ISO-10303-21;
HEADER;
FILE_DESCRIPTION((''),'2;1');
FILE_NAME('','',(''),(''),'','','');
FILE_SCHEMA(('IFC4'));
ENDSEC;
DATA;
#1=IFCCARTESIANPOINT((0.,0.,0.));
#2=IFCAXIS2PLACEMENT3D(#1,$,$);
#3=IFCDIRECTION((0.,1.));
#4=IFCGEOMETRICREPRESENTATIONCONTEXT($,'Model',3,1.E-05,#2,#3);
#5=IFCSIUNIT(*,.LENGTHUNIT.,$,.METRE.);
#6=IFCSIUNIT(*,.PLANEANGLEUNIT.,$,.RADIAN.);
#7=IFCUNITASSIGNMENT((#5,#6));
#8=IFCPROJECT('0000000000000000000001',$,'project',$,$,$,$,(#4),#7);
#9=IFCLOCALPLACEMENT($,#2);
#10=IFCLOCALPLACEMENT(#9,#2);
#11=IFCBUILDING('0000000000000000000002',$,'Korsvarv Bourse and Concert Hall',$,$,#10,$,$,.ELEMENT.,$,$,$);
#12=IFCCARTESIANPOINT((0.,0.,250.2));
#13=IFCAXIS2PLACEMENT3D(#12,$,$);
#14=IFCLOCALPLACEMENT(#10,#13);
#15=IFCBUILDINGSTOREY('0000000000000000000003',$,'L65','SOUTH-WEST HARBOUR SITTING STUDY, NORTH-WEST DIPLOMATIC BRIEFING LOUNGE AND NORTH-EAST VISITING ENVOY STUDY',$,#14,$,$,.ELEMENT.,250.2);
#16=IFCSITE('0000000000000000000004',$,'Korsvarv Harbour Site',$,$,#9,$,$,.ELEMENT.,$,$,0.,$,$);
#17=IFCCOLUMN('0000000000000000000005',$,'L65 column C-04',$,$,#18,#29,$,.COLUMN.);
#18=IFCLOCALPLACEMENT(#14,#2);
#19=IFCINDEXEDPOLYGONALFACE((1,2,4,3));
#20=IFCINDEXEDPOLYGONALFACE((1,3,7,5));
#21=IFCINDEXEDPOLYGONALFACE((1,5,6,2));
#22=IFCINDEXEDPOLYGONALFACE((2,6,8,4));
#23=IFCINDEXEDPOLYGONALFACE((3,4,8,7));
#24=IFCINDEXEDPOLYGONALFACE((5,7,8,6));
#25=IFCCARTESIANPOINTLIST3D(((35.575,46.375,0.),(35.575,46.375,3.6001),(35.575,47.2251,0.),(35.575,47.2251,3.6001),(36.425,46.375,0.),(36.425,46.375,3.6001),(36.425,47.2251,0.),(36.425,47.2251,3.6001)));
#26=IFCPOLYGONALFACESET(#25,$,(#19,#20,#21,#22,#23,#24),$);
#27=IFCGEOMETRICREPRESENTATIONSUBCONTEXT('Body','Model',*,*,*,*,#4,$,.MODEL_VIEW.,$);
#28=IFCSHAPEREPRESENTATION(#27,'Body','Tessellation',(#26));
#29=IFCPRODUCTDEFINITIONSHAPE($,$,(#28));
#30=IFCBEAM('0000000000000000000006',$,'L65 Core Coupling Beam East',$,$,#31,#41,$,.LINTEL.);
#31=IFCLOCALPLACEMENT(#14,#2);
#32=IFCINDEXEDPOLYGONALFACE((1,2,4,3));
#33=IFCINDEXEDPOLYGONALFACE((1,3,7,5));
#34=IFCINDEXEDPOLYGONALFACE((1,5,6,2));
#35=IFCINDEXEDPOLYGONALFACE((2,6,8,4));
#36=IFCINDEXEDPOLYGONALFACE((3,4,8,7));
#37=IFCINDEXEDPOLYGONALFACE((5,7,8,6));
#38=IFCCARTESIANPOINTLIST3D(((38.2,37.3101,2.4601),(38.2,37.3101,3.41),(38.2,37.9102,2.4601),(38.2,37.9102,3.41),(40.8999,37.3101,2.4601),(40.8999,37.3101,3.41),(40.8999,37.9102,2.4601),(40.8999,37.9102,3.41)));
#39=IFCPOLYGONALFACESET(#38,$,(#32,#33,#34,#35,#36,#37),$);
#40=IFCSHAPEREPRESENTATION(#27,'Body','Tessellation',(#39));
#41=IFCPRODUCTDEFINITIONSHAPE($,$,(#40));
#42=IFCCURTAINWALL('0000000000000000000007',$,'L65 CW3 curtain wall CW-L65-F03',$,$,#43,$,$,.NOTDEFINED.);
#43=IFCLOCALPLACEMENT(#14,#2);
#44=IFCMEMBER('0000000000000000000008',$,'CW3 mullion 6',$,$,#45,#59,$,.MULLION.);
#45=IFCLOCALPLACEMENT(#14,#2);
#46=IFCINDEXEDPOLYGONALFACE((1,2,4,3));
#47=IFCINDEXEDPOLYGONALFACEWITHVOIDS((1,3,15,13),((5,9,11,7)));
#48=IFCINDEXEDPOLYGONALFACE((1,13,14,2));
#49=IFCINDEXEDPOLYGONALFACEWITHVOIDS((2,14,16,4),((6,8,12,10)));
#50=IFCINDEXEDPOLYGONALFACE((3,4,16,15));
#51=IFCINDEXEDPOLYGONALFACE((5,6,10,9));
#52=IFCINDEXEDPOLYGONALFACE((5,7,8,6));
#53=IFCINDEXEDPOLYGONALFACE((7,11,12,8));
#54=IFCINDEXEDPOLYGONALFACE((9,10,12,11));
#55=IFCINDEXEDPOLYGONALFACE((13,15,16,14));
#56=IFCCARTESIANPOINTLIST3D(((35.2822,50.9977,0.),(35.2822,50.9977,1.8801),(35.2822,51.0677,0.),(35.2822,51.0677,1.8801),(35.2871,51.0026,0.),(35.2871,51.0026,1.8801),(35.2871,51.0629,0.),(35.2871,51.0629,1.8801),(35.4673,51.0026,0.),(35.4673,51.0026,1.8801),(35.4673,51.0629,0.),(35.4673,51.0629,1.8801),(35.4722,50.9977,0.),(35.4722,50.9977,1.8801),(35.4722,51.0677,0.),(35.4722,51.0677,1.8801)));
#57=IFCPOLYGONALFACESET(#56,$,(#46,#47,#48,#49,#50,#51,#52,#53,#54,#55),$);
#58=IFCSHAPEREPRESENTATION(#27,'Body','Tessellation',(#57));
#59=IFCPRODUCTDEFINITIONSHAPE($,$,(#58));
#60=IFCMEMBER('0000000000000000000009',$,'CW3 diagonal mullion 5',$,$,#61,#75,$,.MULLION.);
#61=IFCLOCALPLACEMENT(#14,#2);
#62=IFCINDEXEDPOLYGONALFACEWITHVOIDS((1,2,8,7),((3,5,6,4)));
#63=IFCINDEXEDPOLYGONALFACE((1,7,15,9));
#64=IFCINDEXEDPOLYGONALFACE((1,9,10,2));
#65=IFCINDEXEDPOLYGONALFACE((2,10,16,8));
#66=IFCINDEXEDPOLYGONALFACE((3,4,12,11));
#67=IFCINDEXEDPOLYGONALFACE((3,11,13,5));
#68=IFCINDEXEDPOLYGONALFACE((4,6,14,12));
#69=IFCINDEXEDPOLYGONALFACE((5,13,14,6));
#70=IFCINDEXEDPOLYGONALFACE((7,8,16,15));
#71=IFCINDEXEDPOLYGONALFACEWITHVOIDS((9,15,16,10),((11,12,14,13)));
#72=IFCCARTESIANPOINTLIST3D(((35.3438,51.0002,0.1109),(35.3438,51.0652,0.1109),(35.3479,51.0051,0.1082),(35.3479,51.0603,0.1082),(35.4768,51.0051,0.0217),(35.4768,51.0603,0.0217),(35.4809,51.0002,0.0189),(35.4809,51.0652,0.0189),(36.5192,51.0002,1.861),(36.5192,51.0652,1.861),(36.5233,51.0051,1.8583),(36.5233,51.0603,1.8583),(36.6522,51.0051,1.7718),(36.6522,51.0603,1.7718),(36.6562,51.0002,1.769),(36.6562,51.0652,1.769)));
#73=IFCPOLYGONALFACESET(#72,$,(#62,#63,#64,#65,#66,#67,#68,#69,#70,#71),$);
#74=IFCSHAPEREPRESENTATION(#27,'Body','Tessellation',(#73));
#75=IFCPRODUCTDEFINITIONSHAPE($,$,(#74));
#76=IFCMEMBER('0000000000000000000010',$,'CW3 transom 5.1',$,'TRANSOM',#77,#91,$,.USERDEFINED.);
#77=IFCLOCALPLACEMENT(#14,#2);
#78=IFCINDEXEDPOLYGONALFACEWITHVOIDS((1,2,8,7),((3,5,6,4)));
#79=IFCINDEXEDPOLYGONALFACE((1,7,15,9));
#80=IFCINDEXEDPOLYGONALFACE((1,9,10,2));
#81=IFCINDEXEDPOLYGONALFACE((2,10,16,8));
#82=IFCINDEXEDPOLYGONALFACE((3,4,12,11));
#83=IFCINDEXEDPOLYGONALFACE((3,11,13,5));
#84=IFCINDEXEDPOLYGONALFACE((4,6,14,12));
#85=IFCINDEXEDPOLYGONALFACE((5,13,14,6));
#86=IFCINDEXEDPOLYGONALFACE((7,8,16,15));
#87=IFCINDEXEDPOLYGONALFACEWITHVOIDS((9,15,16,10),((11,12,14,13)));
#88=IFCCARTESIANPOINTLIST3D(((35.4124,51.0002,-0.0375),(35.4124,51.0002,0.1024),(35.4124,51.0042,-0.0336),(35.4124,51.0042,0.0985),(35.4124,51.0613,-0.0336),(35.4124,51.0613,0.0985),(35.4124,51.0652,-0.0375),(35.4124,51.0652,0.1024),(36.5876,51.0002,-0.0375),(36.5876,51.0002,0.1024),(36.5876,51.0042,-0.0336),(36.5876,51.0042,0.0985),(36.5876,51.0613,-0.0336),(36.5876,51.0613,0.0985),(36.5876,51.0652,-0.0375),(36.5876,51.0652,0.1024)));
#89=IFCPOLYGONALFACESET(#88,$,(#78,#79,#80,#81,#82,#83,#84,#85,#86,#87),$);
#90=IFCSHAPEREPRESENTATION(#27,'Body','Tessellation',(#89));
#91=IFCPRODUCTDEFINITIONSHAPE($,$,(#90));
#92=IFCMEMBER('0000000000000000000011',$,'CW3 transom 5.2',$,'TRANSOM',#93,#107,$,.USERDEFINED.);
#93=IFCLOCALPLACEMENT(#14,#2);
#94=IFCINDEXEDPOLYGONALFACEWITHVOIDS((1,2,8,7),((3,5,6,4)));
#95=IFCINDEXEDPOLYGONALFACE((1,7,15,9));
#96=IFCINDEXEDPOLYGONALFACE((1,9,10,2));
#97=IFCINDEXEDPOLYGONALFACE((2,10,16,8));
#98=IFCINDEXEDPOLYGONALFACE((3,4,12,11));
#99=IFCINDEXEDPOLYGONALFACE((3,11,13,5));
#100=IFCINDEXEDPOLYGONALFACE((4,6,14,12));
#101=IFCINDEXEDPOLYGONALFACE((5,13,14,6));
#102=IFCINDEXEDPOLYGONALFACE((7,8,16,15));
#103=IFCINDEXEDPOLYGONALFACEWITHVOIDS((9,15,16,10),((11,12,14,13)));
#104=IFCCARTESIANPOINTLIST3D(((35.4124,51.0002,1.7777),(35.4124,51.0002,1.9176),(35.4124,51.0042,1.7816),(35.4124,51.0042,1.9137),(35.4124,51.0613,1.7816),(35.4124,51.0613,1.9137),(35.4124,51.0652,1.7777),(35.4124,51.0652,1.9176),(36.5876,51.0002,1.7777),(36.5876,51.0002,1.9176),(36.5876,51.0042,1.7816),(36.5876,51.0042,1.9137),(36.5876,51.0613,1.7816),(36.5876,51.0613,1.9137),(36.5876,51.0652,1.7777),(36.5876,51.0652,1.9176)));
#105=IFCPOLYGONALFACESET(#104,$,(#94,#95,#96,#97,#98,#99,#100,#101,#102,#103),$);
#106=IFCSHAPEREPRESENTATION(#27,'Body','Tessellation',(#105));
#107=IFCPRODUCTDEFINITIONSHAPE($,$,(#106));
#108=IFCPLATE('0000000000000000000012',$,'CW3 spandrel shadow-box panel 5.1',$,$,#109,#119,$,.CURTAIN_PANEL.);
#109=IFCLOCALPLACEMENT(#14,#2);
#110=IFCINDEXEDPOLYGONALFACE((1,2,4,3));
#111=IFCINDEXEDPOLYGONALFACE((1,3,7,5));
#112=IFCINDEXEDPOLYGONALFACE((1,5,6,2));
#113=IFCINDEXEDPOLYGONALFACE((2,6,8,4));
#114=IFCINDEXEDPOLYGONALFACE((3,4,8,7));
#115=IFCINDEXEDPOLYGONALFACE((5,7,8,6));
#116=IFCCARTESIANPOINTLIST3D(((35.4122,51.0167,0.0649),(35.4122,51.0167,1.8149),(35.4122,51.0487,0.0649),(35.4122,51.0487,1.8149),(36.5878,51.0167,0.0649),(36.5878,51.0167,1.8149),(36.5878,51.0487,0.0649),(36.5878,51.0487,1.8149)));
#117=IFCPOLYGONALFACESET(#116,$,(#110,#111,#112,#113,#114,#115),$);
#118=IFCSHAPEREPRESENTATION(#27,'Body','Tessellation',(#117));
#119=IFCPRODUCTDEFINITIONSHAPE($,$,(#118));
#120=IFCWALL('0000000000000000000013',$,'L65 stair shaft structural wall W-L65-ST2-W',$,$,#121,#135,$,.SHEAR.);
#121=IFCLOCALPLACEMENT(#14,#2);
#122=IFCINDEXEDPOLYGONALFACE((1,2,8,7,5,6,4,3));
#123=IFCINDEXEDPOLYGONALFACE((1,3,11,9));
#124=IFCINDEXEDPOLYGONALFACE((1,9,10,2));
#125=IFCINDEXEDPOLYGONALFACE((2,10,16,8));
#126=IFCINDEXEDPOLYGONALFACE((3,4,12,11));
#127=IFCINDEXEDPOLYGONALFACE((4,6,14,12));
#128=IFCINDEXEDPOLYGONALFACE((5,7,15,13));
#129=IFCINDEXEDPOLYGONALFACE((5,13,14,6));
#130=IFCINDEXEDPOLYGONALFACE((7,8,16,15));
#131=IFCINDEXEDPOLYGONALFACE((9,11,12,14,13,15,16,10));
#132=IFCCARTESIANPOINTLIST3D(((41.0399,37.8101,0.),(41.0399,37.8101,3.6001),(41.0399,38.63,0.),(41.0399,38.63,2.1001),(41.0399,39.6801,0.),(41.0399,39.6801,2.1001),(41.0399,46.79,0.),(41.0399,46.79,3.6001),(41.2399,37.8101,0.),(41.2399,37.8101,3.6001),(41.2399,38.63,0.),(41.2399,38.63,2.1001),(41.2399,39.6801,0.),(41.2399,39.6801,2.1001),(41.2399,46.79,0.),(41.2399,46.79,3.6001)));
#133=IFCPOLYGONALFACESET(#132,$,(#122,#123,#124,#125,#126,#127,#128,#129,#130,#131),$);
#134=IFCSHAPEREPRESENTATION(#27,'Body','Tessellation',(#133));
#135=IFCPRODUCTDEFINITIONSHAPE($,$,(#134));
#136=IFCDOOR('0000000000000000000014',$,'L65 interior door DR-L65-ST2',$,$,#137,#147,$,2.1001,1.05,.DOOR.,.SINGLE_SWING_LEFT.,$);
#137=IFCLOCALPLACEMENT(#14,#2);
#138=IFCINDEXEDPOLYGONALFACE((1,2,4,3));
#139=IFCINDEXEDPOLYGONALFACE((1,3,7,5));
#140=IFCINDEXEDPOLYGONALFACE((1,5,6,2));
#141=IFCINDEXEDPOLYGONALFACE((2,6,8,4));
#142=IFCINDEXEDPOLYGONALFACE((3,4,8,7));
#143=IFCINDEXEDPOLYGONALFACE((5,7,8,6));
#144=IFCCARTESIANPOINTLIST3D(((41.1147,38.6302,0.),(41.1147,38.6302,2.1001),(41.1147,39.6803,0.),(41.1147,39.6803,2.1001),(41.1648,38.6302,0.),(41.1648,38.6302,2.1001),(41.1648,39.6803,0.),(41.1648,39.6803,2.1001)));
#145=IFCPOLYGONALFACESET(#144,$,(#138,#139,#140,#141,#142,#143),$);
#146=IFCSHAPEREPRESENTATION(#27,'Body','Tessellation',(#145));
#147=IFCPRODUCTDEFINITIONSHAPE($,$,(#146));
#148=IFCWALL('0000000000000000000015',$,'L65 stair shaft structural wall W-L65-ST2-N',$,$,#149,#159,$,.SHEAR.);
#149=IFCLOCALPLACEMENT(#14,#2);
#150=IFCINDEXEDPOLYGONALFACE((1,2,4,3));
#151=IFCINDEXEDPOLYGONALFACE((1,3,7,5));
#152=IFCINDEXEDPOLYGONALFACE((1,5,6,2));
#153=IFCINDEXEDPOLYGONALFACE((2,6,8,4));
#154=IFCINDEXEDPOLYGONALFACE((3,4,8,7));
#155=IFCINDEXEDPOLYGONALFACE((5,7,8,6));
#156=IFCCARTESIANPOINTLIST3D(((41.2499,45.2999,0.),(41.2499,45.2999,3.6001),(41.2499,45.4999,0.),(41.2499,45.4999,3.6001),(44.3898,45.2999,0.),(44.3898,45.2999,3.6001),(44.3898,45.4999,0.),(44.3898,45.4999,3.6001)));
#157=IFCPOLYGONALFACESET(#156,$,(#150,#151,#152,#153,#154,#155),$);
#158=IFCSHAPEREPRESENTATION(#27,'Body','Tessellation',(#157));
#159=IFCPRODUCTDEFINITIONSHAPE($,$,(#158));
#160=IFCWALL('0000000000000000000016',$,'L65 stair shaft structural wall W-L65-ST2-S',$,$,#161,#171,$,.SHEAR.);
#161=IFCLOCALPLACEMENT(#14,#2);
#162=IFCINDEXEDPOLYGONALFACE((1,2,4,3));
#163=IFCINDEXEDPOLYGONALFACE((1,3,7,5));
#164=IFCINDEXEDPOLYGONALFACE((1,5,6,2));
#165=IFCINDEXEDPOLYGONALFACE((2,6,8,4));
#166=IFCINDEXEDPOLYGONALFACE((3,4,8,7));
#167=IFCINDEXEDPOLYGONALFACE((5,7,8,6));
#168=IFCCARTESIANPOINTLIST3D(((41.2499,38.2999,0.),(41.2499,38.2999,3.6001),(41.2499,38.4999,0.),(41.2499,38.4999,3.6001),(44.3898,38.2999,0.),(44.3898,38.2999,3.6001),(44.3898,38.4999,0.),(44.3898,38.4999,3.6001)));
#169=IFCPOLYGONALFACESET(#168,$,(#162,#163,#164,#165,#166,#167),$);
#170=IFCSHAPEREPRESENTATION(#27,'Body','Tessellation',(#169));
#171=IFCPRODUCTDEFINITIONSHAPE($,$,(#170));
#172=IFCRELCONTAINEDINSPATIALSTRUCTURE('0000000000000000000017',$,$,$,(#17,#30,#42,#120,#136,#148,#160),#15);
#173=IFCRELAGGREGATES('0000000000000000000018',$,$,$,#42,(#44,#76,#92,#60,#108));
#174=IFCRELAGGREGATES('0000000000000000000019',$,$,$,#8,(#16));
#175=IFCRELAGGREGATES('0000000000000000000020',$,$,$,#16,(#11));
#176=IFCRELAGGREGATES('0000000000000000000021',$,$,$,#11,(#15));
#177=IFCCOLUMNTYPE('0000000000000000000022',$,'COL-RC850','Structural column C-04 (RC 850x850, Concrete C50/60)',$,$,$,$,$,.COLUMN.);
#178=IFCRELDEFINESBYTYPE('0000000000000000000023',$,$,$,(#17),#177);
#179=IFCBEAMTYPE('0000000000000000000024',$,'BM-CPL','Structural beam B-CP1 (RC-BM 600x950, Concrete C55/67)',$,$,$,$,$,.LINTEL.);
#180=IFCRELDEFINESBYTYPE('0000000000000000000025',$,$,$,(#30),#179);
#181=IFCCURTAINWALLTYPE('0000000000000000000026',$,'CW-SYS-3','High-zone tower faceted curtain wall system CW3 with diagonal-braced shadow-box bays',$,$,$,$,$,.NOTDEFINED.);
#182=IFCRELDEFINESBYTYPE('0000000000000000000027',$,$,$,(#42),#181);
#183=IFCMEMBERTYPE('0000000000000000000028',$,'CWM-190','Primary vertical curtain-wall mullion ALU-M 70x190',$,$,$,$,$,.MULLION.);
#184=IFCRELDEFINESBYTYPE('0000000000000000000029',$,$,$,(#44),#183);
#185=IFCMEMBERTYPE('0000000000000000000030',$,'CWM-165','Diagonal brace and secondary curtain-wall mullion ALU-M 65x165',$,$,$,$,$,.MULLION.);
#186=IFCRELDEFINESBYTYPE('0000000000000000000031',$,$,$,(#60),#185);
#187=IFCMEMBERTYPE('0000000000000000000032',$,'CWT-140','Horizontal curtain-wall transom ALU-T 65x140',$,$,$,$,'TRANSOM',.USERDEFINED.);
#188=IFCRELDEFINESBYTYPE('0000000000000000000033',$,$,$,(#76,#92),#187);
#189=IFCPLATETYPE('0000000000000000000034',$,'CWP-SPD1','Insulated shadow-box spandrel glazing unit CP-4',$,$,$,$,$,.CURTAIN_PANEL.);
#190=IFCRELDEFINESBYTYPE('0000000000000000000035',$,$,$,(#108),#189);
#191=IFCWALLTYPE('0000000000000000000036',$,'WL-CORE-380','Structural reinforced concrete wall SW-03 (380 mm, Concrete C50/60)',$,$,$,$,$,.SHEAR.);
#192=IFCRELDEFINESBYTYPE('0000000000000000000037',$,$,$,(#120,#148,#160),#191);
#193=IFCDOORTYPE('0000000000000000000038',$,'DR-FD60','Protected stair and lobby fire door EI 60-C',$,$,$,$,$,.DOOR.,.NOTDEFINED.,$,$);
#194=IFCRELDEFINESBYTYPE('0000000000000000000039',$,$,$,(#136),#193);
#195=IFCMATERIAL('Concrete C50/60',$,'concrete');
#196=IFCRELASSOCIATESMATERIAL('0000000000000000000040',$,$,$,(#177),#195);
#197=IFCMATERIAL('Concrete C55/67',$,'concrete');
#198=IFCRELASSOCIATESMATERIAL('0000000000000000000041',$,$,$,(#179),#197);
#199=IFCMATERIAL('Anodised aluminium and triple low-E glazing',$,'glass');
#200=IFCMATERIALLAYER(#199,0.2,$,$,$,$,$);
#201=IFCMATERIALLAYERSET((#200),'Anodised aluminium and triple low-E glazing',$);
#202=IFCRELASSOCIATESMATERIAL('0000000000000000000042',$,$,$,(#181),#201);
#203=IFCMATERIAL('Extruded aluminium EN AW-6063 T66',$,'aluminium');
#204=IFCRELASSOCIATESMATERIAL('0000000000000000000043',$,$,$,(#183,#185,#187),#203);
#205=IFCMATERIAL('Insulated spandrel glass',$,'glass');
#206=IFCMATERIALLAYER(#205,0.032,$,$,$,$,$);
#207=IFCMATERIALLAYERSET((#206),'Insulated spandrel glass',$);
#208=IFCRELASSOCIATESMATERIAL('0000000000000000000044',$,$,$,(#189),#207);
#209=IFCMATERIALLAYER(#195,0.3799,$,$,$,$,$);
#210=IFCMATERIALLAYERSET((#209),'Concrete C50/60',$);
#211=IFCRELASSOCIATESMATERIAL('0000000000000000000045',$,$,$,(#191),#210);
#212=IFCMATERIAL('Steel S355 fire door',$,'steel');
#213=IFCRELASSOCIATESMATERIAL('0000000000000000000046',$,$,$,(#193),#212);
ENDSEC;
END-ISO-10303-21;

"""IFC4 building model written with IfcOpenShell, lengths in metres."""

from ifc_helpers import new_model, si_unit, direction, frame, frame_2d, origin, origin_2d, place, context, subcontext, project, spatial, rectangle, hollow_rectangle, extrude, source, transform, mapped, material, layer, layer_set, material_profile, profile_set, type_object, element, fill, aggregate, save


model = new_model("IFC4")

# Units and contexts
model_context = context("Model", 3, precision=1e-05, world=origin(), true_north=direction((0.0, 1.0)))
body_context = subcontext(model_context, "Body", "Model", "MODEL_VIEW")
ifc_project = project(units=[si_unit("LENGTHUNIT", "METRE"), si_unit("PLANEANGLEUNIT", "RADIAN")], contexts=[model_context])

# Site, building, storey
site_placement = place(None, origin())
site = spatial("IfcSite", under=ifc_project, at=site_placement, Name="Korsvarv Harbour Site", CompositionType="ELEMENT", RefElevation=0.0)
building_placement = place(site_placement, origin())
building = spatial("IfcBuilding", under=site, at=building_placement, Name="Korsvarv Bourse and Concert Hall", CompositionType="ELEMENT")
storey_placement = place(building_placement, frame((0.0, 0.0, 250.2)))
storey = spatial("IfcBuildingStorey", under=building, at=storey_placement, Name="L65", Description="SOUTH-WEST HARBOUR SITTING STUDY, NORTH-WEST DIPLOMATIC BRIEFING LOUNGE AND NORTH-EAST VISITING ENVOY STUDY", CompositionType="ELEMENT", Elevation=250.2)

# Column
ifc_material_1 = material(Name="Concrete C50/60", Category="concrete")
ifc_material_profile_1 = material_profile(ifc_material_1, rectangle(XDim=0.8501, YDim=0.8501, at=origin_2d()), Name="RC 850x850")
ifc_profile_set_1 = profile_set([ifc_material_profile_1], Name="Concrete C50/60")
column_type = type_object("IfcColumnType", Name="COL-RC850", Description="Structural column C-04 (RC 850x850, Concrete C50/60)", PredefinedType="COLUMN", material=ifc_profile_set_1)
shared_shape_1 = source(origin(), body_context, "Body", "SweptSolid", [
    extrude(rectangle(XDim=0.8501, YDim=0.8501, at=origin_2d()), origin(), (0.0, 0.0, 1.0), 3.6001),
])
column_placement = place(storey_placement, frame((36.0, 46.8, 0.0), z_axis=(0.0, 0.0, 1.0), x_axis=(1.0, 0.0, 0.0)))
element("IfcColumn", 1, at=column_placement, inside=storey, type_object=column_type, Name="L65 column C-04", PredefinedType="COLUMN", context=body_context, shape_type="MappedRepresentation", body=[
    mapped(shared_shape_1, transform((0.0, 0.0, 0.0), scale=1.0)),
])

# Beam
ifc_material_2 = material(Name="Concrete C55/67", Category="concrete")
ifc_material_profile_2 = material_profile(ifc_material_2, rectangle(XDim=0.6001, YDim=0.95, at=origin_2d()), Name="RC-BM 600x950")
ifc_profile_set_2 = profile_set([ifc_material_profile_2], Name="Concrete C55/67")
beam_type = type_object("IfcBeamType", Name="BM-CPL", Description="Structural beam B-CP1 (RC-BM 600x950, Concrete C55/67)", PredefinedType="LINTEL", material=ifc_profile_set_2)
shared_shape_2 = source(origin(), body_context, "Body", "SweptSolid", [
    extrude(rectangle(XDim=0.6001, YDim=0.95, at=origin_2d()), origin(), (0.0, 0.0, 1.0), 2.7),
])
beam_placement = place(storey_placement, frame((38.2, 37.6101, 2.9351), z_axis=(1.0, 0.0, 0.0), x_axis=(0.0, 1.0, 0.0)))
element("IfcBeam", 2, at=beam_placement, inside=storey, type_object=beam_type, Name="L65 Core Coupling Beam East", PredefinedType="LINTEL", context=body_context, shape_type="MappedRepresentation", body=[
    mapped(shared_shape_2, transform((0.0, 0.0, 0.0), scale=1.0)),
])

# Curtain wall, members, plate
ifc_material_3 = material(Name="Anodised aluminium and triple low-E glazing", Category="glass")
ifc_layer_1 = layer(ifc_material_3, 0.2)
ifc_layer_set_1 = layer_set([ifc_layer_1], Name="Anodised aluminium and triple low-E glazing")
curtain_wall_type = type_object("IfcCurtainWallType", Name="CW-SYS-3", Description="High-zone tower faceted curtain wall system CW3 with diagonal-braced shadow-box bays", PredefinedType="NOTDEFINED", material=ifc_layer_set_1)
curtain_wall_placement = place(storey_placement, origin())
curtain_wall = element("IfcCurtainWall", 3, at=curtain_wall_placement, inside=storey, type_object=curtain_wall_type, Name="L65 CW3 curtain wall CW-L65-F03", PredefinedType="NOTDEFINED")
ifc_material_4 = material(Name="Extruded aluminium EN AW-6063 T66", Category="aluminium")
ifc_material_profile_3 = material_profile(ifc_material_4, hollow_rectangle(XDim=0.0701, YDim=0.1899, WallThickness=0.0049, at=origin_2d()), Name="ALU-M 70x190")
ifc_profile_set_3 = profile_set([ifc_material_profile_3], Name="Extruded aluminium EN AW-6063 T66")
member_type_1 = type_object("IfcMemberType", Name="CWM-190", Description="Primary vertical curtain-wall mullion ALU-M 70x190", PredefinedType="MULLION", material=ifc_profile_set_3)
shared_shape_3 = source(origin(), body_context, "Body", "SweptSolid", [
    extrude(hollow_rectangle(XDim=0.0701, YDim=0.1899, WallThickness=0.0049, at=origin_2d()), origin(), (0.0, 0.0, 1.0), 1.8801),
])
member_1_placement = place(storey_placement, frame((35.3772, 51.0327, 0.0), z_axis=(0.0, 0.0, 1.0), x_axis=(0.0, -1.0, 0.0)))
member_1 = element("IfcMember", 4, at=member_1_placement, type_object=member_type_1, Name="CW3 mullion 6", PredefinedType="MULLION", context=body_context, shape_type="MappedRepresentation", body=[
    mapped(shared_shape_3, transform((0.0, 0.0, 0.0), scale=1.0)),
])
ifc_material_profile_4 = material_profile(ifc_material_4, hollow_rectangle(XDim=0.0649, YDim=0.165, WallThickness=0.0049, at=origin_2d()), Name="ALU-M 65x165")
ifc_profile_set_4 = profile_set([ifc_material_profile_4], Name="Extruded aluminium EN AW-6063 T66")
member_type_2 = type_object("IfcMemberType", Name="CWM-165", Description="Diagonal brace and secondary curtain-wall mullion ALU-M 65x165", PredefinedType="MULLION", material=ifc_profile_set_4)
shared_shape_4 = source(origin(), body_context, "Body", "SweptSolid", [
    extrude(hollow_rectangle(XDim=0.0649, YDim=0.165, WallThickness=0.0049, at=origin_2d()), origin(), (0.0, 0.0, 1.0), 2.1082),
])
member_2_placement = place(storey_placement, frame((35.4124, 51.0327, 0.0649), z_axis=(0.55753, 0.0, 0.830157), x_axis=(0.0, 1.0, 0.0)))
member_2 = element("IfcMember", 5, at=member_2_placement, type_object=member_type_2, Name="CW3 diagonal mullion 5", PredefinedType="MULLION", context=body_context, shape_type="MappedRepresentation", body=[
    mapped(shared_shape_4, transform((0.0, 0.0, 0.0), scale=1.0)),
])
ifc_material_profile_5 = material_profile(ifc_material_4, hollow_rectangle(XDim=0.0649, YDim=0.1399, WallThickness=0.0039, at=origin_2d()), Name="ALU-T 65x140")
ifc_profile_set_5 = profile_set([ifc_material_profile_5], Name="Extruded aluminium EN AW-6063 T66")
member_type_3 = type_object("IfcMemberType", Name="CWT-140", Description="Horizontal curtain-wall transom ALU-T 65x140", ElementType="TRANSOM", PredefinedType="USERDEFINED", material=ifc_profile_set_5)
shared_shape_5 = source(origin(), body_context, "Body", "SweptSolid", [
    extrude(hollow_rectangle(XDim=0.0649, YDim=0.1399, WallThickness=0.0039, at=origin_2d()), origin(), (0.0, 0.0, 1.0), 1.1753),
])
member_3_placement = place(storey_placement, frame((36.5876, 51.0327, 0.0325), z_axis=(-1.0, 0.0, 0.0), x_axis=(0.0, -1.0, 0.0)))
member_3 = element("IfcMember", 6, at=member_3_placement, type_object=member_type_3, Name="CW3 transom 5.1", ObjectType="TRANSOM", PredefinedType="USERDEFINED", context=body_context, shape_type="MappedRepresentation", body=[
    mapped(shared_shape_5, transform((0.0, 0.0, 0.0), scale=1.0)),
])
member_4_placement = place(storey_placement, frame((36.5876, 51.0327, 1.8477), z_axis=(-1.0, 0.0, 0.0), x_axis=(0.0, -1.0, 0.0)))
member_4 = element("IfcMember", 7, at=member_4_placement, type_object=member_type_3, Name="CW3 transom 5.2", ObjectType="TRANSOM", PredefinedType="USERDEFINED", context=body_context, shape_type="MappedRepresentation", body=[
    mapped(shared_shape_5, transform((0.0, 0.0, 0.0), scale=1.0)),
])
ifc_material_5 = material(Name="Insulated spandrel glass", Category="glass")
ifc_layer_2 = layer(ifc_material_5, 0.032)
ifc_layer_set_2 = layer_set([ifc_layer_2], Name="Insulated spandrel glass")
plate_type = type_object("IfcPlateType", Name="CWP-SPD1", Description="Insulated shadow-box spandrel glazing unit CP-4", PredefinedType="CURTAIN_PANEL", material=ifc_layer_set_2)
shared_shape_6 = source(origin(), body_context, "Body", "SweptSolid", [
    extrude(rectangle(XDim=1.1755, YDim=0.032, at=origin_2d()), origin(), (0.0, 0.0, 1.0), 1.75),
])
plate_placement = place(storey_placement, frame((36.0, 51.0327, 0.0649), z_axis=(0.0, 0.0, 1.0), x_axis=(-1.0, 0.0, 0.0)))
plate = element("IfcPlate", 8, at=plate_placement, type_object=plate_type, Name="CW3 spandrel shadow-box panel 5.1", PredefinedType="CURTAIN_PANEL", context=body_context, shape_type="MappedRepresentation", body=[
    mapped(shared_shape_6, transform((0.0, 0.0, 0.0), scale=1.0)),
])
aggregate(curtain_wall, [member_1, member_3, member_4, member_2, plate])

# Wall, opening, door
ifc_layer_3 = layer(ifc_material_1, 0.3799)
ifc_layer_set_3 = layer_set([ifc_layer_3], Name="Concrete C50/60")
wall_type_1 = type_object("IfcWallType", Name="WL-CORE-380", Description="Structural reinforced concrete wall SW-03 (380 mm, Concrete C50/60)", PredefinedType="SHEAR", material=ifc_layer_set_3)
wall_1_placement = place(storey_placement, frame((41.1399, 37.8101, 0.0), z_axis=(0.0, 0.0, 1.0), x_axis=(0.0, 1.0, 0.0)))
wall_1 = element("IfcWall", 9, at=wall_1_placement, inside=storey, type_object=wall_type_1, Name="L65 stair shaft structural wall W-L65-ST2-W", PredefinedType="SHEAR", context=body_context, shape_type="SweptSolid", body=[
    extrude(rectangle(XDim=8.98, YDim=0.2, at=frame_2d((4.49, 0.0))), origin(), (0.0, 0.0, 1.0), 3.6001),
])
opening_1_placement = place(wall_1_placement, frame((0.8201, 0.0, 0.0)))
opening_1 = element("IfcOpeningElement", 10, at=opening_1_placement, cuts=wall_1, PredefinedType="OPENING", context=body_context, shape_type="SweptSolid", body=[
    extrude(rectangle(XDim=1.05, YDim=2.1001, at=frame_2d((0.5249, 1.05))), frame((0.0, 0.1099, 0.0), z_axis=(0.0, -1.0, 0.0), x_axis=(1.0, 0.0, 0.0)), (0.0, 0.0, 1.0), 0.22),
])
ifc_material_6 = material(Name="Steel S355 fire door", Category="steel")
door_type_1 = type_object("IfcDoorType", Name="DR-FD60", Description="Protected stair and lobby fire door EI 60-C", OperationType="NOTDEFINED", PredefinedType="DOOR", material=ifc_material_6)
door_1_placement = place(opening_1_placement, frame((1.05, 0.0, 0.0), z_axis=(0.0, 0.0, 1.0), x_axis=(-1.0, 0.0, 0.0)))
door_1 = element("IfcDoor", 11, at=door_1_placement, inside=storey, type_object=door_type_1, Name="L65 interior door DR-L65-ST2", OperationType="SINGLE_SWING_LEFT", OverallHeight=2.1001, OverallWidth=1.05, PredefinedType="DOOR", context=body_context, shape_type="SweptSolid", body=[
    extrude(rectangle(XDim=1.05, YDim=2.1001, at=frame_2d((0.5249, 1.05))), frame((0.0, 0.0249, 0.0), z_axis=(0.0, -1.0, 0.0), x_axis=(1.0, 0.0, 0.0)), (0.0, 0.0, 1.0), 0.05),
])
fill(opening_1, door_1)

# Walls
for number, where, z_axis, x_axis, name in (
    (12, (41.25, 45.3999, 0.0), (0.0, 0.0, 1.0), (1.0, 0.0, 0.0), "L65 stair shaft structural wall W-L65-ST2-N"),
    (13, (41.25, 38.3999, 0.0), (0.0, 0.0, 1.0), (1.0, 0.0, 0.0), "L65 stair shaft structural wall W-L65-ST2-S"),
):
    element("IfcWall", number, at=place(storey_placement, frame(where, z_axis=z_axis, x_axis=x_axis)), inside=storey, type_object=wall_type_1, Name=name, PredefinedType="SHEAR", context=body_context, shape_type="SweptSolid", body=[
        extrude(rectangle(XDim=3.1399, YDim=0.2, at=frame_2d((1.5698, 0.0))), origin(), (0.0, 0.0, 1.0), 3.6001),
    ])

save(model, "model.ifc")
